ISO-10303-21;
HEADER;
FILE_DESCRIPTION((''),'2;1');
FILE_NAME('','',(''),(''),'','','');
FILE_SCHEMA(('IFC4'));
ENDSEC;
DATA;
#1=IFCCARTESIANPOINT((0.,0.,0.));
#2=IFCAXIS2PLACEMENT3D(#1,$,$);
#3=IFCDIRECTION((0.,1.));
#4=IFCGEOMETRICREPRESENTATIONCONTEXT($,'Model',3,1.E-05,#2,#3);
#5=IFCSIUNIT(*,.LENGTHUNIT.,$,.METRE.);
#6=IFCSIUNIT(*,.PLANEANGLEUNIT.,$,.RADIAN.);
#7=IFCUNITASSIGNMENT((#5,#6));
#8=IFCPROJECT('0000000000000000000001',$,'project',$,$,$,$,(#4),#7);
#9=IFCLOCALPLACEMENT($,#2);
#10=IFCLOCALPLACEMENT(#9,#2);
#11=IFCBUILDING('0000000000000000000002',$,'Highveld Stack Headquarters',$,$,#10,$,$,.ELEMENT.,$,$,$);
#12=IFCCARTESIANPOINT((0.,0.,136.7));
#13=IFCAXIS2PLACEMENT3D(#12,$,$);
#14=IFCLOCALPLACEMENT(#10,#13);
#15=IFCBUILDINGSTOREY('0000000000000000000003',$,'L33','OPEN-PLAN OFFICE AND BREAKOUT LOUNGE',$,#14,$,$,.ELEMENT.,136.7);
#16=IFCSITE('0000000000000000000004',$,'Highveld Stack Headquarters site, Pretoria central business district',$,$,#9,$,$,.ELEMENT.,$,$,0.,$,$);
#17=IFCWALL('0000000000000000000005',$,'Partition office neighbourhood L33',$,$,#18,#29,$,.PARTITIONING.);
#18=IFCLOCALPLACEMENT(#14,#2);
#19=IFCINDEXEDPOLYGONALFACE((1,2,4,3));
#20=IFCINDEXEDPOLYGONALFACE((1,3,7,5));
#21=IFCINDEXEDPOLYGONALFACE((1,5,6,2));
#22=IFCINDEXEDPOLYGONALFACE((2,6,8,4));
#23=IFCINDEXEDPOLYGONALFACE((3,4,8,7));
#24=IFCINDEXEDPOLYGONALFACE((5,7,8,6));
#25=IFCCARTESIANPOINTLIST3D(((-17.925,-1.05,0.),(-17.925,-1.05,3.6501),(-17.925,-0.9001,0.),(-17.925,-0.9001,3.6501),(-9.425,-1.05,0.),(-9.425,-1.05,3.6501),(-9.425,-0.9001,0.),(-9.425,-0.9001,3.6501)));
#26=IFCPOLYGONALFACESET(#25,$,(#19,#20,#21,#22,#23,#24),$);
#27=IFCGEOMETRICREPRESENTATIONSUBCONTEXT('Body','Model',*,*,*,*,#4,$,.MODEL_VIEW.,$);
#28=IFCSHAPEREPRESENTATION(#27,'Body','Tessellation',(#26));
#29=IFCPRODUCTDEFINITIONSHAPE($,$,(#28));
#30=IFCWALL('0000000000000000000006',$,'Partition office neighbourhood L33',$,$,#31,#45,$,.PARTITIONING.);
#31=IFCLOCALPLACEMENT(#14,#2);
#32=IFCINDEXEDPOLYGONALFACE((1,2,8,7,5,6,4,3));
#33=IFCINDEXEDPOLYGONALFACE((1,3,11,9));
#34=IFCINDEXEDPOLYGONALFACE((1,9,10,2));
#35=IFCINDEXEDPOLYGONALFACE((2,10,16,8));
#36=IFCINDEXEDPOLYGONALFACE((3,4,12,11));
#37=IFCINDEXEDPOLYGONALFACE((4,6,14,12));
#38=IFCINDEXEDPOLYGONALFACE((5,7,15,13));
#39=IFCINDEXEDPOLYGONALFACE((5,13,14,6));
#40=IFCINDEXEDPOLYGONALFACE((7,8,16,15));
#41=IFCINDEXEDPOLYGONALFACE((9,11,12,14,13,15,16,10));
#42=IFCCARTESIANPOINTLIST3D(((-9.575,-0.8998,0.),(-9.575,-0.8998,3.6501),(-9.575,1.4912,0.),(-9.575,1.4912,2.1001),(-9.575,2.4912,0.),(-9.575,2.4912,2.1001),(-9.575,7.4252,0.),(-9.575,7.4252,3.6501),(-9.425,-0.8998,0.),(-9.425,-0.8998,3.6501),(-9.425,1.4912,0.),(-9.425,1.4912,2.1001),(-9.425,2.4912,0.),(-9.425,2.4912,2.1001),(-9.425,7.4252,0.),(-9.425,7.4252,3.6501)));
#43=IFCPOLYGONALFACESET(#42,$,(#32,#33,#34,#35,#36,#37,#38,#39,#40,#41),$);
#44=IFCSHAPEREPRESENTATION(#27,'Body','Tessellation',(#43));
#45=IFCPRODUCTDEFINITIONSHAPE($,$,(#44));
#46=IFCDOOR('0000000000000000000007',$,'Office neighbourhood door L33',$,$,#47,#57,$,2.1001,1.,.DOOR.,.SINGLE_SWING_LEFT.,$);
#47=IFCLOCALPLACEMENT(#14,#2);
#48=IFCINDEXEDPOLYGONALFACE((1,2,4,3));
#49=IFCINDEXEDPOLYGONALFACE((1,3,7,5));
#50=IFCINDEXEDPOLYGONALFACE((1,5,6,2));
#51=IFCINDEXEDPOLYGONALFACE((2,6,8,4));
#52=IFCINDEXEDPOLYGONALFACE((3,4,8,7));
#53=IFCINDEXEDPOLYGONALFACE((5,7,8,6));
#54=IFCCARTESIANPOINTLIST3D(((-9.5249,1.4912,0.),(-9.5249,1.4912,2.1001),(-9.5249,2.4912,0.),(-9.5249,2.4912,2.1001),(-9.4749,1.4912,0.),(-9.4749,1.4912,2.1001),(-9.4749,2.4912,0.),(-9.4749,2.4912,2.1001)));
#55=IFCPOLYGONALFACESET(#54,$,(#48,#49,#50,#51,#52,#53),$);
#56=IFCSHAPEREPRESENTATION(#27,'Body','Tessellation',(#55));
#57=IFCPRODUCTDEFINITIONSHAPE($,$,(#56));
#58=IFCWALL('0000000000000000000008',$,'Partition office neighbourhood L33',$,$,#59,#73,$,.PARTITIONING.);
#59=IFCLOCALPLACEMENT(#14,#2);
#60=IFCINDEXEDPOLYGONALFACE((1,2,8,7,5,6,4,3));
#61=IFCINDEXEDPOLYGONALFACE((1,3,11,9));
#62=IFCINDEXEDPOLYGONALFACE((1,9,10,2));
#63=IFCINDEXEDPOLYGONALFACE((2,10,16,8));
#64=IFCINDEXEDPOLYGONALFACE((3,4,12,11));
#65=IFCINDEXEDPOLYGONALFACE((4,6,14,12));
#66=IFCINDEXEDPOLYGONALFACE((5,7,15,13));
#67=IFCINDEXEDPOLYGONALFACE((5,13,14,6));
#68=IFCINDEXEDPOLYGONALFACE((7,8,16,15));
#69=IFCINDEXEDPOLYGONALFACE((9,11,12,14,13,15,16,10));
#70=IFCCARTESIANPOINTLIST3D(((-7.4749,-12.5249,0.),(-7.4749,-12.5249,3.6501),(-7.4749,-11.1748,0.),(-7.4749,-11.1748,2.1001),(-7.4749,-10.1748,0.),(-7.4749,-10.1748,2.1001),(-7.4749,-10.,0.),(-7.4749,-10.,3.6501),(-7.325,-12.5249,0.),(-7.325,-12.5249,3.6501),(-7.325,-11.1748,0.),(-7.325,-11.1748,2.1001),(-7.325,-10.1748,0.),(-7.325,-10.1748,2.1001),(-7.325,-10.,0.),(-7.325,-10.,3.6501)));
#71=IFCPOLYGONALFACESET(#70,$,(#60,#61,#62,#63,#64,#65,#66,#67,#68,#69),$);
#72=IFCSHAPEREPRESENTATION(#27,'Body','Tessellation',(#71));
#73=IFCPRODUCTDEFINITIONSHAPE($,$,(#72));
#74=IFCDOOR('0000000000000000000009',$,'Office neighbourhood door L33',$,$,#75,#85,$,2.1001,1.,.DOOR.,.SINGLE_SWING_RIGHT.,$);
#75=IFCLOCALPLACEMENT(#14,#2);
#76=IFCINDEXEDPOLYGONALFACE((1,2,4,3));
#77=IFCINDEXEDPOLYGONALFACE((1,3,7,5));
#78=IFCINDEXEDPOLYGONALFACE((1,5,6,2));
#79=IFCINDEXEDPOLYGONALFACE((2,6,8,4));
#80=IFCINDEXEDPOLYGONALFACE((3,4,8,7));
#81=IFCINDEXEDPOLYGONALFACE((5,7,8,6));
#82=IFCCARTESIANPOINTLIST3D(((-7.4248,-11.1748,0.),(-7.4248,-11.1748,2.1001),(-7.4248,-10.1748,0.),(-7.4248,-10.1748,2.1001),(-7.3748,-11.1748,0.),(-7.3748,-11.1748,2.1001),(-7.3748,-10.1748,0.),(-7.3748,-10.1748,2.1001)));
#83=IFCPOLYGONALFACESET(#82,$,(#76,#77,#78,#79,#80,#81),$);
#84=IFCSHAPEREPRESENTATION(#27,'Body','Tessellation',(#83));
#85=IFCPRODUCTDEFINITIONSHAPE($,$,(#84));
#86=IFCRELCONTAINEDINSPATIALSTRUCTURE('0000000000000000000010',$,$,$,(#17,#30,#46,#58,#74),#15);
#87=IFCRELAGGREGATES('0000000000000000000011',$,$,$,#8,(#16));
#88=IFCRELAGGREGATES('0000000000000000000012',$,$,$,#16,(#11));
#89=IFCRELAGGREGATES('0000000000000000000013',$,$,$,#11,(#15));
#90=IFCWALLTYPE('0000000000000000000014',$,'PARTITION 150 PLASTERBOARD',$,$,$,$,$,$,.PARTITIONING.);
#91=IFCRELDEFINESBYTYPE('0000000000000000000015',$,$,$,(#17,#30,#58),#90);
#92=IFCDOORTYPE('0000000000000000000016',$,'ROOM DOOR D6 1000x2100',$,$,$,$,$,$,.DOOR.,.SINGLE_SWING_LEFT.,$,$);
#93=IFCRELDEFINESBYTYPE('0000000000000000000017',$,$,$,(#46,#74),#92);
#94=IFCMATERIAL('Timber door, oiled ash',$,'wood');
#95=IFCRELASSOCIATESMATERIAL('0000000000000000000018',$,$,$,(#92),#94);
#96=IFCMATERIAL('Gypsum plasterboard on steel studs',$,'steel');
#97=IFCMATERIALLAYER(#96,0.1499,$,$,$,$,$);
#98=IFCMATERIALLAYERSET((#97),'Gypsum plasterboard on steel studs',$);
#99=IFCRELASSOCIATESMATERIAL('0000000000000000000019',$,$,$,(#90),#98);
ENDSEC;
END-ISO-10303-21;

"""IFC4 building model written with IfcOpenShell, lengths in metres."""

from ifc_helpers import new_model, si_unit, direction, frame, frame_2d, origin, place, context, subcontext, project, spatial, rectangle, extrude, material, layer, layer_set, type_object, element, fill, save


model = new_model("IFC4")

# Units and contexts
model_context = context("Model", 3, precision=1e-05, world=origin(), true_north=direction((0.0, 1.0)))
body_context = subcontext(model_context, "Body", "Model", "MODEL_VIEW")
ifc_project = project(units=[si_unit("LENGTHUNIT", "METRE"), si_unit("PLANEANGLEUNIT", "RADIAN")], contexts=[model_context])

# Site, building, storey
site_placement = place(None, origin())
site = spatial("IfcSite", under=ifc_project, at=site_placement, Name="Highveld Stack Headquarters site, Pretoria central business district", CompositionType="ELEMENT", RefElevation=0.0)
building_placement = place(site_placement, origin())
building = spatial("IfcBuilding", under=site, at=building_placement, Name="Highveld Stack Headquarters", CompositionType="ELEMENT")
storey_placement = place(building_placement, frame((0.0, 0.0, 136.7)))
storey = spatial("IfcBuildingStorey", under=building, at=storey_placement, Name="L33", Description="OPEN-PLAN OFFICE AND BREAKOUT LOUNGE", CompositionType="ELEMENT", Elevation=136.7)

# Shared definitions
ifc_material_1 = material(Name="Timber door, oiled ash", Category="wood")
door_type = type_object("IfcDoorType", Name="ROOM DOOR D6 1000x2100", OperationType="SINGLE_SWING_LEFT", PredefinedType="DOOR", material=ifc_material_1)

# Wall
ifc_material_2 = material(Name="Gypsum plasterboard on steel studs", Category="steel")
ifc_layer_1 = layer(ifc_material_2, 0.1499)
ifc_layer_set_1 = layer_set([ifc_layer_1], Name="Gypsum plasterboard on steel studs")
wall_type_1 = type_object("IfcWallType", Name="PARTITION 150 PLASTERBOARD", PredefinedType="PARTITIONING", material=ifc_layer_set_1)
wall_1_placement = place(storey_placement, frame((-17.925, -0.9751, 0.0), z_axis=(0.0, 0.0, 1.0), x_axis=(1.0, 0.0, 0.0)))
element("IfcWall", 1, at=wall_1_placement, inside=storey, type_object=wall_type_1, Name="Partition office neighbourhood L33", PredefinedType="PARTITIONING", context=body_context, shape_type="SweptSolid", body=[
    extrude(rectangle(XDim=8.5, YDim=0.1499, at=frame_2d((4.25, 0.0))), origin(), (0.0, 0.0, 1.0), 3.6501),
])

# Walls, openings, doors
wall_2_placement = place(storey_placement, frame((-9.5, -0.8999, 0.0), z_axis=(0.0, 0.0, 1.0), x_axis=(0.0, 1.0, 0.0)))
wall_2 = element("IfcWall", 2, at=wall_2_placement, inside=storey, type_object=wall_type_1, Name="Partition office neighbourhood L33", PredefinedType="PARTITIONING", context=body_context, shape_type="SweptSolid", body=[
    extrude(rectangle(XDim=8.325, YDim=0.1499, at=frame_2d((4.1626, 0.0))), origin(), (0.0, 0.0, 1.0), 3.6501),
])
opening_1_placement = place(wall_2_placement, frame((2.3911, 0.0, 0.0)))
opening_1 = element("IfcOpeningElement", 3, at=opening_1_placement, cuts=wall_2, PredefinedType="OPENING", context=body_context, shape_type="SweptSolid", body=[
    extrude(rectangle(XDim=1.0, YDim=2.1001, at=frame_2d((0.5, 1.05))), frame((0.0, 0.085, 0.0), z_axis=(0.0, -1.0, 0.0), x_axis=(1.0, 0.0, 0.0)), (0.0, 0.0, 1.0), 0.1699),
])
door_1_placement = place(opening_1_placement, origin())
door_1 = element("IfcDoor", 4, at=door_1_placement, inside=storey, type_object=door_type, Name="Office neighbourhood door L33", OperationType="SINGLE_SWING_LEFT", OverallHeight=2.1001, OverallWidth=1.0, PredefinedType="DOOR", context=body_context, shape_type="SweptSolid", body=[
    extrude(rectangle(XDim=1.0, YDim=2.1001, at=frame_2d((0.5, 1.05))), frame((0.0, 0.0249, 0.0), z_axis=(0.0, -1.0, 0.0), x_axis=(1.0, 0.0, 0.0)), (0.0, 0.0, 1.0), 0.05),
])
fill(opening_1, door_1)
wall_3_placement = place(storey_placement, frame((-7.3999, -12.5249, 0.0), z_axis=(0.0, 0.0, 1.0), x_axis=(0.0, 1.0, 0.0)))
wall_3 = element("IfcWall", 5, at=wall_3_placement, inside=storey, type_object=wall_type_1, Name="Partition office neighbourhood L33", PredefinedType="PARTITIONING", context=body_context, shape_type="SweptSolid", body=[
    extrude(rectangle(XDim=2.5249, YDim=0.1499, at=frame_2d((1.2625, 0.0))), origin(), (0.0, 0.0, 1.0), 3.6501),
])
opening_2_placement = place(wall_3_placement, frame((1.3501, 0.0, 0.0)))
opening_2 = element("IfcOpeningElement", 6, at=opening_2_placement, cuts=wall_3, PredefinedType="OPENING", context=body_context, shape_type="SweptSolid", body=[
    extrude(rectangle(XDim=1.0, YDim=2.1001, at=frame_2d((0.5, 1.05))), frame((0.0, 0.085, 0.0), z_axis=(0.0, -1.0, 0.0), x_axis=(1.0, 0.0, 0.0)), (0.0, 0.0, 1.0), 0.1699),
])
door_2_placement = place(opening_2_placement, origin())
door_2 = element("IfcDoor", 7, at=door_2_placement, inside=storey, type_object=door_type, Name="Office neighbourhood door L33", OperationType="SINGLE_SWING_RIGHT", OverallHeight=2.1001, OverallWidth=1.0, PredefinedType="DOOR", context=body_context, shape_type="SweptSolid", body=[
    extrude(rectangle(XDim=1.0, YDim=2.1001, at=frame_2d((0.5, 1.05))), frame((0.0, 0.0249, 0.0), z_axis=(0.0, -1.0, 0.0), x_axis=(1.0, 0.0, 0.0)), (0.0, 0.0, 1.0), 0.05),
])
fill(opening_2, door_2)

save(model, "model.ifc")
